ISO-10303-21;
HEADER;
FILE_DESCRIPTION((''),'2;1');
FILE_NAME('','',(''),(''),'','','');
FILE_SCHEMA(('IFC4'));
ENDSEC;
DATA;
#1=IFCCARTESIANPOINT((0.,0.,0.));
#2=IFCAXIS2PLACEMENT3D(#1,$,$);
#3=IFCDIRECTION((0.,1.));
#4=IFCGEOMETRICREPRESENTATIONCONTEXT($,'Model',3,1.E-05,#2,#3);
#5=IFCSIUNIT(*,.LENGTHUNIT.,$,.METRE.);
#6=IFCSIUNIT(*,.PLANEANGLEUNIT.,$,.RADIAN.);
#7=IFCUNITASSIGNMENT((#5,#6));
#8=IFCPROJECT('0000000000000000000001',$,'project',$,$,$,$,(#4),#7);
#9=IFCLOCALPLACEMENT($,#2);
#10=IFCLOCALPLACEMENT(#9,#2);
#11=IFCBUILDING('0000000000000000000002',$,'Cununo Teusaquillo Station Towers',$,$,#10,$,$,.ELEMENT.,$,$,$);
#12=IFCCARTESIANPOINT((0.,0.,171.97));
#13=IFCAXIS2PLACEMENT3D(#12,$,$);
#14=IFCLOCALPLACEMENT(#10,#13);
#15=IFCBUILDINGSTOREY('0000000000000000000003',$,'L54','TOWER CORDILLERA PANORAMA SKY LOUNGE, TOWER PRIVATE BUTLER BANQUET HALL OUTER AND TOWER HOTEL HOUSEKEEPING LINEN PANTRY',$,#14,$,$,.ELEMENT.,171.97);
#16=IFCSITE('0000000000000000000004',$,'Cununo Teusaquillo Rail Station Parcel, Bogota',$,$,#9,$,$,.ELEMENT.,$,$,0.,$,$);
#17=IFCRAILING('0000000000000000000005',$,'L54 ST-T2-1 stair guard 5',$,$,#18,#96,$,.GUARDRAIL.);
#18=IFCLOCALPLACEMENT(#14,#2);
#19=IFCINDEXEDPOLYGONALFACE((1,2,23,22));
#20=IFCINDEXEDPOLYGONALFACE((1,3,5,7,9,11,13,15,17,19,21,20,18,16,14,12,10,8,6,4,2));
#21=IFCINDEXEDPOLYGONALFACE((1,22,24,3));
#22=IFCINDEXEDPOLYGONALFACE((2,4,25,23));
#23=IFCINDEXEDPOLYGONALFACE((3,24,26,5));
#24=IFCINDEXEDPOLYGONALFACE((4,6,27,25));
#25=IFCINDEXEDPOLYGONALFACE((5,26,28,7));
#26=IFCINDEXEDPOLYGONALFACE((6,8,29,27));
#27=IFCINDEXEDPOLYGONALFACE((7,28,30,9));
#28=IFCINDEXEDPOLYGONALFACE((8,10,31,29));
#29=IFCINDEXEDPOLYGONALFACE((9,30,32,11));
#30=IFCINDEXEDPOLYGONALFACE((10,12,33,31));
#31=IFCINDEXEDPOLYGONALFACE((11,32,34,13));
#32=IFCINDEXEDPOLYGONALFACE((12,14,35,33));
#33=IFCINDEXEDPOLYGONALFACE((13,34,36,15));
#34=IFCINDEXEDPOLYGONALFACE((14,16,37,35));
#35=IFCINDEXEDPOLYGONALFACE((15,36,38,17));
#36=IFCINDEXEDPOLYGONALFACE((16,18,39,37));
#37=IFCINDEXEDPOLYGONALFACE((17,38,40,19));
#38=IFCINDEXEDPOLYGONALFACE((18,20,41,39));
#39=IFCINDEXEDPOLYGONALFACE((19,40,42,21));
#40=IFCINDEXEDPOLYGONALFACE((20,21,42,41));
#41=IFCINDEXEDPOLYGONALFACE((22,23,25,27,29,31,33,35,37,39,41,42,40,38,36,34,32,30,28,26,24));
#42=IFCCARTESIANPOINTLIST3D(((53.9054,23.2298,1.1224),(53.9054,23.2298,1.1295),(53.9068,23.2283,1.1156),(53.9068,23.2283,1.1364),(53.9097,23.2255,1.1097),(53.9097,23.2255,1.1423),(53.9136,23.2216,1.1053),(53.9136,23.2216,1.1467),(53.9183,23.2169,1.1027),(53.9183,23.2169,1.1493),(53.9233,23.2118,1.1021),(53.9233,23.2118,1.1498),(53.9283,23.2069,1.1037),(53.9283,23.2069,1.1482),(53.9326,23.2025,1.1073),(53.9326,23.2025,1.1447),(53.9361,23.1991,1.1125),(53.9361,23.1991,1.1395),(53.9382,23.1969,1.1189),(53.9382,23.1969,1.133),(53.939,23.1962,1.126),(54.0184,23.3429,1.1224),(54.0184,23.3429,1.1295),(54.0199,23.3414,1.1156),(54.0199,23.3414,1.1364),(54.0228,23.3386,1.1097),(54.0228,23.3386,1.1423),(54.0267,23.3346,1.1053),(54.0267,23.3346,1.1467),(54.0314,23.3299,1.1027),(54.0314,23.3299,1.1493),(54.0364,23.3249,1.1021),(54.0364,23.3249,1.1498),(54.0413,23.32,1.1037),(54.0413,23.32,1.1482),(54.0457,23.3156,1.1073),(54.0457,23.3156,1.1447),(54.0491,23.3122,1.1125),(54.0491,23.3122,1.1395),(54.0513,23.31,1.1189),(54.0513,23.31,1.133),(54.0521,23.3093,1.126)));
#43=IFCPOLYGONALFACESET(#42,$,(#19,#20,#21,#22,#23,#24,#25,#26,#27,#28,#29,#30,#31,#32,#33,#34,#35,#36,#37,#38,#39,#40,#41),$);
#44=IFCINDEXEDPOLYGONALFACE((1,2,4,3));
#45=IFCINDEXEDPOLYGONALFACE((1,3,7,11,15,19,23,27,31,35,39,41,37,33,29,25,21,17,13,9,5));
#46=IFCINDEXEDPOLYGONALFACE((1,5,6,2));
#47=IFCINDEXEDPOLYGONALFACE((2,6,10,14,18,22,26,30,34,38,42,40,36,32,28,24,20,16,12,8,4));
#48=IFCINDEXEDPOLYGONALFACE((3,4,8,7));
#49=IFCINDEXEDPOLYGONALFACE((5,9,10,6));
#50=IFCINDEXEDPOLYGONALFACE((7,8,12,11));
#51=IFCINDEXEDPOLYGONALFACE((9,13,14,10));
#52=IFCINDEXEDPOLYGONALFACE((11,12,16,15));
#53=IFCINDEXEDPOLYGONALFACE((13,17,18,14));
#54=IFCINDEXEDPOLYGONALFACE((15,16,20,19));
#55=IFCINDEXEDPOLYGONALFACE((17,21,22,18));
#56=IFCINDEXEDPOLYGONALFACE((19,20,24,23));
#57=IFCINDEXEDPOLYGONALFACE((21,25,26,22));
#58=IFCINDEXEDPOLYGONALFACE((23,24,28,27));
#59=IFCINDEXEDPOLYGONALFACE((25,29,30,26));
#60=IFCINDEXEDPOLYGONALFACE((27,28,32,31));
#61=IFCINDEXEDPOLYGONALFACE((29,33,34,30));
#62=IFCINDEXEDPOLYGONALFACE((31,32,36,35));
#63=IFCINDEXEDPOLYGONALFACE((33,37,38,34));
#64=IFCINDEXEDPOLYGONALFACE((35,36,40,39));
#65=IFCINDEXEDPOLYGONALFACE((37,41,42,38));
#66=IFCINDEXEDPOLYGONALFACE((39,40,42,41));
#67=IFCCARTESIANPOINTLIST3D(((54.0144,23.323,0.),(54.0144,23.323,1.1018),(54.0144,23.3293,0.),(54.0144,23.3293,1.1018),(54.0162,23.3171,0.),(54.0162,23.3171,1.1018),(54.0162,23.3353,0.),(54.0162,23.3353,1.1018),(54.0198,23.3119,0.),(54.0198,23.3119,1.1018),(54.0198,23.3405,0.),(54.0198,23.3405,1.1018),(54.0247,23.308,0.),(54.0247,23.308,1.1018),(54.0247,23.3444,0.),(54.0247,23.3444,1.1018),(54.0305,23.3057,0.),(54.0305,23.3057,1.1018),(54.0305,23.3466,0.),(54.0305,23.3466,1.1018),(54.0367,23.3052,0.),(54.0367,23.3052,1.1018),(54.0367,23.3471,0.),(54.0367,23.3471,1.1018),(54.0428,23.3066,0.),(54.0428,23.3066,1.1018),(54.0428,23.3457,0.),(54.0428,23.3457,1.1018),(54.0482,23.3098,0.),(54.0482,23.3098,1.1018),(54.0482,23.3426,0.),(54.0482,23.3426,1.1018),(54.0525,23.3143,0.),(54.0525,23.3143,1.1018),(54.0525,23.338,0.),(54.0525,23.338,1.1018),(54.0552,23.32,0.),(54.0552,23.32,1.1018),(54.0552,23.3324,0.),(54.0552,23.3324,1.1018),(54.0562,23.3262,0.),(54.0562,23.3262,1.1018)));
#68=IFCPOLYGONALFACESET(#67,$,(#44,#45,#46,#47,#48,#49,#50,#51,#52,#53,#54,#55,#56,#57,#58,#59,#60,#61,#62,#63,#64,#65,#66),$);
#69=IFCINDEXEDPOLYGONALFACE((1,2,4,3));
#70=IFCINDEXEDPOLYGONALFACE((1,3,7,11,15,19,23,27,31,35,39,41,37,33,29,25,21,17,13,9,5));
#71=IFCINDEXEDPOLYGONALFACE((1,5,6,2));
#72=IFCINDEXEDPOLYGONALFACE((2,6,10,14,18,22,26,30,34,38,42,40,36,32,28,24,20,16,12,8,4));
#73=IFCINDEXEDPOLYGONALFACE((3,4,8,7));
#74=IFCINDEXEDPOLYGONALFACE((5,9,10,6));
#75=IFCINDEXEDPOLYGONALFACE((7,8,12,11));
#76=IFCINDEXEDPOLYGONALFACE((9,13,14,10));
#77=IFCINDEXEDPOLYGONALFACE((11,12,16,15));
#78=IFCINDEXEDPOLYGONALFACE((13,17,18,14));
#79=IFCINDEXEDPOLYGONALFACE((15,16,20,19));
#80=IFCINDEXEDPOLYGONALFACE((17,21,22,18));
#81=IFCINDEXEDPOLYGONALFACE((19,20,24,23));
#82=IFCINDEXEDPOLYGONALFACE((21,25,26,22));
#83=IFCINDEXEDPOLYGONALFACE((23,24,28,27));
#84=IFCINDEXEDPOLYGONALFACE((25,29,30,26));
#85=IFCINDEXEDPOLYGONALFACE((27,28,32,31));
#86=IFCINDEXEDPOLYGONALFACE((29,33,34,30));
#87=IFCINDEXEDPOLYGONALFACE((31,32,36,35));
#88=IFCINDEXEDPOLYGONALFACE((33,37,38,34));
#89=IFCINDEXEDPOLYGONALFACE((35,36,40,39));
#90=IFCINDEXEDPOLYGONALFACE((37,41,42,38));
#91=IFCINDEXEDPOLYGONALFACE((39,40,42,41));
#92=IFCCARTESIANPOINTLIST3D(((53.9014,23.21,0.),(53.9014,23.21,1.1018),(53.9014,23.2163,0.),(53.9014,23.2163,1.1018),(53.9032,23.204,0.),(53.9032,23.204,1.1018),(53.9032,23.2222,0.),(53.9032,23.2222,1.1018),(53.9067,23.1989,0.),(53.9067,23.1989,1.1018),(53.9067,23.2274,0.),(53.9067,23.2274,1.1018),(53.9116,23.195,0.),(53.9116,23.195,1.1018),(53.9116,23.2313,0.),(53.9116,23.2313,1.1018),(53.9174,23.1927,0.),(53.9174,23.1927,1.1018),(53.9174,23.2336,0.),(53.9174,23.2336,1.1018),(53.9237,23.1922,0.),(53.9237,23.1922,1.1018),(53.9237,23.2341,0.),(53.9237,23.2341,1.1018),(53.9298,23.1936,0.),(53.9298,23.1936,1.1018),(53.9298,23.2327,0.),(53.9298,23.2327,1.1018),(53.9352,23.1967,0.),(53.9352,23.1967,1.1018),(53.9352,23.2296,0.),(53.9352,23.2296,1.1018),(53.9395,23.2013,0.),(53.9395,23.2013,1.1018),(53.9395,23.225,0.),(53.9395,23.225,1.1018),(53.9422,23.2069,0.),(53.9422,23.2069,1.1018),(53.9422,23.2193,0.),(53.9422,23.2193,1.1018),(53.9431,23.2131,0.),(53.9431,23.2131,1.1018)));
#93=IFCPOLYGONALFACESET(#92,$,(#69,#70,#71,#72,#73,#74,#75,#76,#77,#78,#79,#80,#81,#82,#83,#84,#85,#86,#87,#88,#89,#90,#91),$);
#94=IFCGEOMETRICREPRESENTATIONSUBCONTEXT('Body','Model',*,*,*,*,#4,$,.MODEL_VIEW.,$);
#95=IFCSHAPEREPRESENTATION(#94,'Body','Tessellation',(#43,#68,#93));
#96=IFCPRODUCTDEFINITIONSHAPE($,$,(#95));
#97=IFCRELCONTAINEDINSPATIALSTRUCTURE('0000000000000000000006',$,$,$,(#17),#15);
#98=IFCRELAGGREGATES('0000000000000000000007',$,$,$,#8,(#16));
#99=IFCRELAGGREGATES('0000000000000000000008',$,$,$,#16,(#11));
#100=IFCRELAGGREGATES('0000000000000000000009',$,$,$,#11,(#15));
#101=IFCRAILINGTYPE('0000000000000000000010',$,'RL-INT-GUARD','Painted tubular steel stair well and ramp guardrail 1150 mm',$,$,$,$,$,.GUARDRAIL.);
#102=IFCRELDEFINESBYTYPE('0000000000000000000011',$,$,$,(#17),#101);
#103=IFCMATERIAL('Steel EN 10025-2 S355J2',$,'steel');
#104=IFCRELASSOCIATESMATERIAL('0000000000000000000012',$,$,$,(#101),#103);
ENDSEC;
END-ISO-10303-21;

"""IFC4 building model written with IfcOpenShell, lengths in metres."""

from ifc_helpers import new_model, si_unit, direction, frame, origin, origin_2d, place, context, subcontext, project, spatial, circle, extrude, material, type_object, element, save


model = new_model("IFC4")

# Units and contexts
model_context = context("Model", 3, precision=1e-05, world=origin(), true_north=direction((0.0, 1.0)))
body_context = subcontext(model_context, "Body", "Model", "MODEL_VIEW")
ifc_project = project(units=[si_unit("LENGTHUNIT", "METRE"), si_unit("PLANEANGLEUNIT", "RADIAN")], contexts=[model_context])

# Site, building, storey
site_placement = place(None, origin())
site = spatial("IfcSite", under=ifc_project, at=site_placement, Name="Cununo Teusaquillo Rail Station Parcel, Bogota", CompositionType="ELEMENT", RefElevation=0.0)
building_placement = place(site_placement, origin())
building = spatial("IfcBuilding", under=site, at=building_placement, Name="Cununo Teusaquillo Station Towers", CompositionType="ELEMENT")
storey_placement = place(building_placement, frame((0.0, 0.0, 171.97)))
storey = spatial("IfcBuildingStorey", under=building, at=storey_placement, Name="L54", Description="TOWER CORDILLERA PANORAMA SKY LOUNGE, TOWER PRIVATE BUTLER BANQUET HALL OUTER AND TOWER HOTEL HOUSEKEEPING LINEN PANTRY", CompositionType="ELEMENT", Elevation=171.97)

# Railing
ifc_material_1 = material(Name="Steel EN 10025-2 S355J2", Category="steel")
railing_type_1 = type_object("IfcRailingType", Name="RL-INT-GUARD", Description="Painted tubular steel stair well and ramp guardrail 1150 mm", PredefinedType="GUARDRAIL", material=ifc_material_1)
railing_1_placement = place(storey_placement, frame((54.0352, 23.3262, 0.0)))
element("IfcRailing", 1, at=railing_1_placement, inside=storey, type_object=railing_type_1, Name="L54 ST-T2-1 stair guard 5", PredefinedType="GUARDRAIL", context=body_context, shape_type="SweptSolid", body=[
    extrude(circle(Radius=0.0239, at=origin_2d()), frame((0.0, 0.0, 1.126), z_axis=(-0.707107, -0.707107, 0.0), x_axis=(0.707107, -0.707107, 0.0)), (0.0, 0.0, 1.0), 0.1599),
    extrude(circle(Radius=0.021, at=origin_2d()), origin(), (0.0, 0.0, 1.0), 1.1018),
    extrude(circle(Radius=0.021, at=origin_2d()), frame((-0.113, -0.113, 0.0)), (0.0, 0.0, 1.0), 1.1018),
])

save(model, "model.ifc")
